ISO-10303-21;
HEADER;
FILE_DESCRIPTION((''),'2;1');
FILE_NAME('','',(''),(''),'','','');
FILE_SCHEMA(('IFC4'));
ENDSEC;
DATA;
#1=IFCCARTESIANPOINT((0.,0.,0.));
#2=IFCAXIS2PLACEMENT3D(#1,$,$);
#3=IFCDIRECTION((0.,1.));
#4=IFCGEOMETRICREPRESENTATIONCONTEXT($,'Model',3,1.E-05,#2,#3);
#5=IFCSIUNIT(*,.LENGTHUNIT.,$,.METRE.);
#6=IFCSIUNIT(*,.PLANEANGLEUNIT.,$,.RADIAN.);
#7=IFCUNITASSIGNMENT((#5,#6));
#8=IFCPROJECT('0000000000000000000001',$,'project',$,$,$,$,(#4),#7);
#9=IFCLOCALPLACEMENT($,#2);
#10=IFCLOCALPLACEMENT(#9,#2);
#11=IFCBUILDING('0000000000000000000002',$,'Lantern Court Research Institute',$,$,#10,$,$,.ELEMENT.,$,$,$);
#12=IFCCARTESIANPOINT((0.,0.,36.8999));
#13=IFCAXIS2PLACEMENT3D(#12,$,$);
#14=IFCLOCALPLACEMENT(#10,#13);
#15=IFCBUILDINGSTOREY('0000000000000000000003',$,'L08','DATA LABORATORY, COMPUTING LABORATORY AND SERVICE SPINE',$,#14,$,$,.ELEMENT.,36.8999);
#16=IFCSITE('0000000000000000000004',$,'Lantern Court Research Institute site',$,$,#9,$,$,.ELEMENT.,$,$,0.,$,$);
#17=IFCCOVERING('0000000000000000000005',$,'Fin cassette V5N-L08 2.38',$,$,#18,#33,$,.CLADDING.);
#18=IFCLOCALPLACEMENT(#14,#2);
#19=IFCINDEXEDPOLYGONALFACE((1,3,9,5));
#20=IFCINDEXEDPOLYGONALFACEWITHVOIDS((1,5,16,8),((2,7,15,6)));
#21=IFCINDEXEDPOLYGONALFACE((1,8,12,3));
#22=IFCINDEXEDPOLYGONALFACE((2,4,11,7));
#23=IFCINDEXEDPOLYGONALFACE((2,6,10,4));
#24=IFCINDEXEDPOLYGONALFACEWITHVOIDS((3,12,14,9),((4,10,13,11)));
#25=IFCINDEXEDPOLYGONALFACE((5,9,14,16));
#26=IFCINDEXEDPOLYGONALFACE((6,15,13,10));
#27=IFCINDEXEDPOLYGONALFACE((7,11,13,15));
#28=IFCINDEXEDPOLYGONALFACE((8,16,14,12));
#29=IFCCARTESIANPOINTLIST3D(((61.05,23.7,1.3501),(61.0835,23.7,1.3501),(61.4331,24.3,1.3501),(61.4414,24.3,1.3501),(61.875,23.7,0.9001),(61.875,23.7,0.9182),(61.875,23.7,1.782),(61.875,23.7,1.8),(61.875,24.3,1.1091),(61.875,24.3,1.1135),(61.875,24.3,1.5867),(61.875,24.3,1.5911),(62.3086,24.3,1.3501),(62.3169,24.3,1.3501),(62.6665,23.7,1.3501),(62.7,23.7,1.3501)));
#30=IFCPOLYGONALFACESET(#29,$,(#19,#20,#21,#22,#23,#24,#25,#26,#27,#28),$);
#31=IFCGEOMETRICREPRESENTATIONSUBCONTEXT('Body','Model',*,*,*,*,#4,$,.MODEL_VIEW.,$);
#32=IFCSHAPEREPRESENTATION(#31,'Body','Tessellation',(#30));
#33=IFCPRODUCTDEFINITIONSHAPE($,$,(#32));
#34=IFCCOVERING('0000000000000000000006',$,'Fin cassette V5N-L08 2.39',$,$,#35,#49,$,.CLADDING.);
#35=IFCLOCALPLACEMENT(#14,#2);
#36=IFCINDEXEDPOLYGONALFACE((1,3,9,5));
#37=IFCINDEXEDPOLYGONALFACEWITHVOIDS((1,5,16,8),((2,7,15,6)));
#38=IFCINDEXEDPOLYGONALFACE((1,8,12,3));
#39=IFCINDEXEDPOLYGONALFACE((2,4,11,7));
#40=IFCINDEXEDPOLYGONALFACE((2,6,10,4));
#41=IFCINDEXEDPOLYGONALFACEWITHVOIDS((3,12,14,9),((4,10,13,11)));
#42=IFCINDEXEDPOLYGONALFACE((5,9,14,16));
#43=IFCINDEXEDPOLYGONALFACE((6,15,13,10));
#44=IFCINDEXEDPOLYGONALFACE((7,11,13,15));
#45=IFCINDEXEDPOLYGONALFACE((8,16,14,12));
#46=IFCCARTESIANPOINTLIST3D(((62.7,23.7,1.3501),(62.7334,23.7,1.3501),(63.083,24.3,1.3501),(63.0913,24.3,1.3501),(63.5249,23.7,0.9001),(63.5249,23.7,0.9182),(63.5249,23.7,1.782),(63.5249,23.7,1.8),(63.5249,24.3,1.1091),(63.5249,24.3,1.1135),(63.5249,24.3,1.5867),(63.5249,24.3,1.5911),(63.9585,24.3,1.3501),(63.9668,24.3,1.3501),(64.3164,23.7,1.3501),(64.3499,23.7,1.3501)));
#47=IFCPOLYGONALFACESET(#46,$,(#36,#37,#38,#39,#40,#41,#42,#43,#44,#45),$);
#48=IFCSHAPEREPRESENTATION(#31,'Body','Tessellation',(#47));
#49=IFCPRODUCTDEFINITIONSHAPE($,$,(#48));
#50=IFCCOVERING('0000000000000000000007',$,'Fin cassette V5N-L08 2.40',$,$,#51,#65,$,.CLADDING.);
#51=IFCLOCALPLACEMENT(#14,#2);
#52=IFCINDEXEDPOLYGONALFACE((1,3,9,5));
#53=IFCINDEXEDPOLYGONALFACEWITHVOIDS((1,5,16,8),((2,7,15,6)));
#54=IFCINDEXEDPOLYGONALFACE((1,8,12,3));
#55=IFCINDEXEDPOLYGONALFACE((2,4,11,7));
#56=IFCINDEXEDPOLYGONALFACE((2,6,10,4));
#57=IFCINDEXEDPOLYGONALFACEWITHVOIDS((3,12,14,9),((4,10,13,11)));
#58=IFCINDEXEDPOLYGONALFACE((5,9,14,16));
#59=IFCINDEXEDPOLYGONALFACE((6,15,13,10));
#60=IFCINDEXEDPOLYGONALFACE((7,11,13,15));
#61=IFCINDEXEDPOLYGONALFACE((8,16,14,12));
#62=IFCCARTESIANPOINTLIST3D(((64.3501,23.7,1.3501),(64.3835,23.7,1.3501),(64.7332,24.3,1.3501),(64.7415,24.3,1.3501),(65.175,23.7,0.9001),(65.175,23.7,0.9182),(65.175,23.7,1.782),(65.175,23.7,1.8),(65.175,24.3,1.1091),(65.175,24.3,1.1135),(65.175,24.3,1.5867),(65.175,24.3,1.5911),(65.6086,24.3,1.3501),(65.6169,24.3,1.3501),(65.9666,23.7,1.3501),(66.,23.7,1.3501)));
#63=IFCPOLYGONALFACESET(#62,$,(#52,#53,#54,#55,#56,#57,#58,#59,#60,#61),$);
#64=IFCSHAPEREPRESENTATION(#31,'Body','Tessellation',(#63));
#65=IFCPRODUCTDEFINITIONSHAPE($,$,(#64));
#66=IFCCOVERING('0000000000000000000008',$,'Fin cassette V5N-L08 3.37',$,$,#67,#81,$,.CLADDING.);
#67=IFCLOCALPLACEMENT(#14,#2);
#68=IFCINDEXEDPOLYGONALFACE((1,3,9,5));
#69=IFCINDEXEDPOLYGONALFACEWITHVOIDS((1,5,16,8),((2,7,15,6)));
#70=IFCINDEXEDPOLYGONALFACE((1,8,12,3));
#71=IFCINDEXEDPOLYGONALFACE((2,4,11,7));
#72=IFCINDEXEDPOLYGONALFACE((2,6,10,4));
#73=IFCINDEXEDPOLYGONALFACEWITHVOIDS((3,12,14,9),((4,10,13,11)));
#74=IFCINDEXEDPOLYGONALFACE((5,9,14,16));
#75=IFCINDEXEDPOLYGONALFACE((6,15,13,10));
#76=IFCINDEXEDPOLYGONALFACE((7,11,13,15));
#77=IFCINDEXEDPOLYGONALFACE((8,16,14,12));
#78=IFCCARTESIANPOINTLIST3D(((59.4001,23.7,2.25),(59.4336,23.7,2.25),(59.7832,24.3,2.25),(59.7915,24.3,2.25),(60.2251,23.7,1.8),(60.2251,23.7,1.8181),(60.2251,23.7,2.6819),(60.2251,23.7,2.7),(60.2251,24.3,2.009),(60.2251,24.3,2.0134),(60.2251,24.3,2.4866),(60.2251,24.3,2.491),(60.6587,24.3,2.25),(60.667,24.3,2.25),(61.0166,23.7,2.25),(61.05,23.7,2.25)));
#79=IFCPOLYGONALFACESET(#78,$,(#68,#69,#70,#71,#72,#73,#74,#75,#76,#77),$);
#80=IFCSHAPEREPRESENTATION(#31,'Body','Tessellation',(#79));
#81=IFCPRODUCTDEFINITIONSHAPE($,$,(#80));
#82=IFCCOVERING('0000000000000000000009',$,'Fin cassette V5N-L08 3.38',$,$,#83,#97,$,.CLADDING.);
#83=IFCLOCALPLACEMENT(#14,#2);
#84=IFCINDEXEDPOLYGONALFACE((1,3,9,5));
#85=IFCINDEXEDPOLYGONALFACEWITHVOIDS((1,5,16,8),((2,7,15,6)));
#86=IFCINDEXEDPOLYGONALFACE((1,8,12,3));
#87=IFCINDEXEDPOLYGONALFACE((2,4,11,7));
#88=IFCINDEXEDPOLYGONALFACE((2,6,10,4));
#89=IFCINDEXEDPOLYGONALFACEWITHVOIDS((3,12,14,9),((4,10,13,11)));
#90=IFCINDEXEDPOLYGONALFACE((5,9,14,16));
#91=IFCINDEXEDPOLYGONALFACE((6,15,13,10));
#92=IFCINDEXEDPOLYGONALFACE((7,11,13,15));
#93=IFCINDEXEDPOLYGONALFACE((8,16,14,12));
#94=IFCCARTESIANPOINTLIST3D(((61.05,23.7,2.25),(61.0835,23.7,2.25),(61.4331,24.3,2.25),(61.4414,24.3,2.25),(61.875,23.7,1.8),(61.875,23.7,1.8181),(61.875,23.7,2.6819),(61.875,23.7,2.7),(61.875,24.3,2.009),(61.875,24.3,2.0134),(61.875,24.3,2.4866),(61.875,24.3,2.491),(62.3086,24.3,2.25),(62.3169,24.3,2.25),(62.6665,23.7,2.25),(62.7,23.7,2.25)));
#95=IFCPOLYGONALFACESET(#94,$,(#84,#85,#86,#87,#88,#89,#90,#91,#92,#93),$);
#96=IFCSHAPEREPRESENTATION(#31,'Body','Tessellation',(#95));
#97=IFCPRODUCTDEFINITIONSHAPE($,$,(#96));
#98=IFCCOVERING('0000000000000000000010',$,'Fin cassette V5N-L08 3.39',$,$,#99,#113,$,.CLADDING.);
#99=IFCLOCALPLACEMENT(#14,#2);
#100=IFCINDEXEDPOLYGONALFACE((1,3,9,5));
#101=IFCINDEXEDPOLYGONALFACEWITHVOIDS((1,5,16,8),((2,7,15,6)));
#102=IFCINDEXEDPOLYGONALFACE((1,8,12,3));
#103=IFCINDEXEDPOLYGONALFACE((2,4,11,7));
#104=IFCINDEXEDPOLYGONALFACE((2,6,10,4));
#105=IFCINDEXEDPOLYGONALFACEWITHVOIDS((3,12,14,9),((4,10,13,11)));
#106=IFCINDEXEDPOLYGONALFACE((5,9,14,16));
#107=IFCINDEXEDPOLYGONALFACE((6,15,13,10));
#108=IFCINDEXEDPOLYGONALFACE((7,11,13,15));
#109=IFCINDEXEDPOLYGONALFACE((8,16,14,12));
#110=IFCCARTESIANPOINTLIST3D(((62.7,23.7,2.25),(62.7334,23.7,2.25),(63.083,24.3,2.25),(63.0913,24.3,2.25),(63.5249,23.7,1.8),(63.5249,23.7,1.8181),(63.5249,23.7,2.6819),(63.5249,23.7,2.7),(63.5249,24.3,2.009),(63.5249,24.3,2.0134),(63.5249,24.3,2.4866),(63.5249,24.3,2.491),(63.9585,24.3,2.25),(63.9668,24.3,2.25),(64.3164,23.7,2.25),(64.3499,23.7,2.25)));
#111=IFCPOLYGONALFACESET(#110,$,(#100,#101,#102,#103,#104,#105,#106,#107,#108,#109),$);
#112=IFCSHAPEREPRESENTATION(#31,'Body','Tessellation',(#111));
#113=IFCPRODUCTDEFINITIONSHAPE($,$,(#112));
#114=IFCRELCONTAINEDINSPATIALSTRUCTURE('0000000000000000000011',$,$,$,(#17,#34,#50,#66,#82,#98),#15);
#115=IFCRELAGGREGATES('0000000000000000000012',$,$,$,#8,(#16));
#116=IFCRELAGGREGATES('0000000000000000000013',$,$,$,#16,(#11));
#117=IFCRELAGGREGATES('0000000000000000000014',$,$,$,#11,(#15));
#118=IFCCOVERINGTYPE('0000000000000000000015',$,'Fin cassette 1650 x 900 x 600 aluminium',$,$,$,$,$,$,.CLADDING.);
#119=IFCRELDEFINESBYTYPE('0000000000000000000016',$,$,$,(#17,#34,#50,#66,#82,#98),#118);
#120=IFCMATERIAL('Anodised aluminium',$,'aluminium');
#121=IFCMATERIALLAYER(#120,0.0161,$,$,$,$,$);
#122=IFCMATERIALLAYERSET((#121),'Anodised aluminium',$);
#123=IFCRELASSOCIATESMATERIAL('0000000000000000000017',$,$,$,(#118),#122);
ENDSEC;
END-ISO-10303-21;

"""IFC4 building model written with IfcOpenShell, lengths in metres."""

from ifc_helpers import new_model, entity, si_unit, direction, frame, origin, place, context, subcontext, project, spatial, material, layer, layer_set, type_object, element, save


model = new_model("IFC4")

# Units and contexts
model_context = context("Model", 3, precision=1e-05, world=origin(), true_north=direction((0.0, 1.0)))
body_context = subcontext(model_context, "Body", "Model", "MODEL_VIEW")
ifc_project = project(units=[si_unit("LENGTHUNIT", "METRE"), si_unit("PLANEANGLEUNIT", "RADIAN")], contexts=[model_context])

# Site, building, storey
site_placement = place(None, origin())
site = spatial("IfcSite", under=ifc_project, at=site_placement, Name="Lantern Court Research Institute site", CompositionType="ELEMENT", RefElevation=0.0)
building_placement = place(site_placement, origin())
building = spatial("IfcBuilding", under=site, at=building_placement, Name="Lantern Court Research Institute", CompositionType="ELEMENT")
storey_placement = place(building_placement, frame((0.0, 0.0, 36.8999)))
storey = spatial("IfcBuildingStorey", under=building, at=storey_placement, Name="L08", Description="DATA LABORATORY, COMPUTING LABORATORY AND SERVICE SPINE", CompositionType="ELEMENT", Elevation=36.8999)

# Coverings
ifc_material_1 = material(Name="Anodised aluminium", Category="aluminium")
ifc_layer_1 = layer(ifc_material_1, 0.0161)
ifc_layer_set_1 = layer_set([ifc_layer_1], Name="Anodised aluminium")
covering_type = type_object("IfcCoveringType", Name="Fin cassette 1650 x 900 x 600 aluminium", PredefinedType="CLADDING", material=ifc_layer_set_1)
covering_1_placement = place(storey_placement, frame((61.875, 23.7, 1.3501), z_axis=(0.0, 1.0, 0.0), x_axis=(-1.0, 0.0, 0.0)))
cartesian_point_1 = entity("IfcCartesianPoint", [0.825, 0.0])
cartesian_point_2 = entity("IfcCartesianPoint", [0.7915, 0.0])
cartesian_point_3 = entity("IfcCartesianPoint", [0.4419, 0.0])
cartesian_point_4 = entity("IfcCartesianPoint", [0.4336, 0.0])
element("IfcCovering", 1, at=covering_1_placement, inside=storey, type_object=covering_type, Name="Fin cassette V5N-L08 2.38", PredefinedType="CLADDING", context=body_context, shape_type="SweptSolid", body=[
    entity("IfcExtrudedAreaSolidTapered", entity("IfcArbitraryProfileDefWithVoids", "AREA", None, entity("IfcPolyline", [cartesian_point_1, entity("IfcCartesianPoint", [0.0, 0.45]), entity("IfcCartesianPoint", [-0.825, 0.0]), entity("IfcCartesianPoint", [0.0, -0.45]), cartesian_point_1]), [entity("IfcPolyline", [cartesian_point_2, entity("IfcCartesianPoint", [0.0, 0.4319]), entity("IfcCartesianPoint", [-0.7915, 0.0]), entity("IfcCartesianPoint", [0.0, -0.4319]), cartesian_point_2])]), entity("IfcAxis2Placement3D", entity("IfcCartesianPoint", [0.0, 0.0, 0.0])), entity("IfcDirection", [0.0, 0.0, 1.0]), 0.6001, entity("IfcArbitraryProfileDefWithVoids", "AREA", None, entity("IfcPolyline", [cartesian_point_3, entity("IfcCartesianPoint", [0.0, 0.241]), entity("IfcCartesianPoint", [-0.4419, 0.0]), entity("IfcCartesianPoint", [0.0, -0.241]), cartesian_point_3]), [entity("IfcPolyline", [cartesian_point_4, entity("IfcCartesianPoint", [0.0, 0.2366]), entity("IfcCartesianPoint", [-0.4336, 0.0]), entity("IfcCartesianPoint", [0.0, -0.2366]), cartesian_point_4])])),
])
covering_2_placement = place(storey_placement, frame((63.5249, 23.7, 1.3501), z_axis=(0.0, 1.0, 0.0), x_axis=(-1.0, 0.0, 0.0)))
cartesian_point_5 = entity("IfcCartesianPoint", [0.825, 0.0])
cartesian_point_6 = entity("IfcCartesianPoint", [0.7915, 0.0])
cartesian_point_7 = entity("IfcCartesianPoint", [0.4419, 0.0])
cartesian_point_8 = entity("IfcCartesianPoint", [0.4336, 0.0])
element("IfcCovering", 2, at=covering_2_placement, inside=storey, type_object=covering_type, Name="Fin cassette V5N-L08 2.39", PredefinedType="CLADDING", context=body_context, shape_type="SweptSolid", body=[
    entity("IfcExtrudedAreaSolidTapered", entity("IfcArbitraryProfileDefWithVoids", "AREA", None, entity("IfcPolyline", [cartesian_point_5, entity("IfcCartesianPoint", [0.0, 0.45]), entity("IfcCartesianPoint", [-0.825, 0.0]), entity("IfcCartesianPoint", [0.0, -0.45]), cartesian_point_5]), [entity("IfcPolyline", [cartesian_point_6, entity("IfcCartesianPoint", [0.0, 0.4319]), entity("IfcCartesianPoint", [-0.7915, 0.0]), entity("IfcCartesianPoint", [0.0, -0.4319]), cartesian_point_6])]), entity("IfcAxis2Placement3D", entity("IfcCartesianPoint", [0.0, 0.0, 0.0])), entity("IfcDirection", [0.0, 0.0, 1.0]), 0.6001, entity("IfcArbitraryProfileDefWithVoids", "AREA", None, entity("IfcPolyline", [cartesian_point_7, entity("IfcCartesianPoint", [0.0, 0.241]), entity("IfcCartesianPoint", [-0.4419, 0.0]), entity("IfcCartesianPoint", [0.0, -0.241]), cartesian_point_7]), [entity("IfcPolyline", [cartesian_point_8, entity("IfcCartesianPoint", [0.0, 0.2366]), entity("IfcCartesianPoint", [-0.4336, 0.0]), entity("IfcCartesianPoint", [0.0, -0.2366]), cartesian_point_8])])),
])
covering_3_placement = place(storey_placement, frame((65.175, 23.7, 1.3501), z_axis=(0.0, 1.0, 0.0), x_axis=(-1.0, 0.0, 0.0)))
cartesian_point_9 = entity("IfcCartesianPoint", [0.825, 0.0])
cartesian_point_10 = entity("IfcCartesianPoint", [0.7915, 0.0])
cartesian_point_11 = entity("IfcCartesianPoint", [0.4419, 0.0])
cartesian_point_12 = entity("IfcCartesianPoint", [0.4336, 0.0])
element("IfcCovering", 3, at=covering_3_placement, inside=storey, type_object=covering_type, Name="Fin cassette V5N-L08 2.40", PredefinedType="CLADDING", context=body_context, shape_type="SweptSolid", body=[
    entity("IfcExtrudedAreaSolidTapered", entity("IfcArbitraryProfileDefWithVoids", "AREA", None, entity("IfcPolyline", [cartesian_point_9, entity("IfcCartesianPoint", [0.0, 0.45]), entity("IfcCartesianPoint", [-0.825, 0.0]), entity("IfcCartesianPoint", [0.0, -0.45]), cartesian_point_9]), [entity("IfcPolyline", [cartesian_point_10, entity("IfcCartesianPoint", [0.0, 0.4319]), entity("IfcCartesianPoint", [-0.7915, 0.0]), entity("IfcCartesianPoint", [0.0, -0.4319]), cartesian_point_10])]), entity("IfcAxis2Placement3D", entity("IfcCartesianPoint", [0.0, 0.0, 0.0])), entity("IfcDirection", [0.0, 0.0, 1.0]), 0.6001, entity("IfcArbitraryProfileDefWithVoids", "AREA", None, entity("IfcPolyline", [cartesian_point_11, entity("IfcCartesianPoint", [0.0, 0.241]), entity("IfcCartesianPoint", [-0.4419, 0.0]), entity("IfcCartesianPoint", [0.0, -0.241]), cartesian_point_11]), [entity("IfcPolyline", [cartesian_point_12, entity("IfcCartesianPoint", [0.0, 0.2366]), entity("IfcCartesianPoint", [-0.4336, 0.0]), entity("IfcCartesianPoint", [0.0, -0.2366]), cartesian_point_12])])),
])
covering_4_placement = place(storey_placement, frame((60.2251, 23.7, 2.25), z_axis=(0.0, 1.0, 0.0), x_axis=(-1.0, 0.0, 0.0)))
cartesian_point_13 = entity("IfcCartesianPoint", [0.825, 0.0])
cartesian_point_14 = entity("IfcCartesianPoint", [0.7915, 0.0])
cartesian_point_15 = entity("IfcCartesianPoint", [0.4419, 0.0])
cartesian_point_16 = entity("IfcCartesianPoint", [0.4336, 0.0])
element("IfcCovering", 4, at=covering_4_placement, inside=storey, type_object=covering_type, Name="Fin cassette V5N-L08 3.37", PredefinedType="CLADDING", context=body_context, shape_type="SweptSolid", body=[
    entity("IfcExtrudedAreaSolidTapered", entity("IfcArbitraryProfileDefWithVoids", "AREA", None, entity("IfcPolyline", [cartesian_point_13, entity("IfcCartesianPoint", [0.0, 0.45]), entity("IfcCartesianPoint", [-0.825, 0.0]), entity("IfcCartesianPoint", [0.0, -0.45]), cartesian_point_13]), [entity("IfcPolyline", [cartesian_point_14, entity("IfcCartesianPoint", [0.0, 0.4319]), entity("IfcCartesianPoint", [-0.7915, 0.0]), entity("IfcCartesianPoint", [0.0, -0.4319]), cartesian_point_14])]), entity("IfcAxis2Placement3D", entity("IfcCartesianPoint", [0.0, 0.0, 0.0])), entity("IfcDirection", [0.0, 0.0, 1.0]), 0.6001, entity("IfcArbitraryProfileDefWithVoids", "AREA", None, entity("IfcPolyline", [cartesian_point_15, entity("IfcCartesianPoint", [0.0, 0.241]), entity("IfcCartesianPoint", [-0.4419, 0.0]), entity("IfcCartesianPoint", [0.0, -0.241]), cartesian_point_15]), [entity("IfcPolyline", [cartesian_point_16, entity("IfcCartesianPoint", [0.0, 0.2366]), entity("IfcCartesianPoint", [-0.4336, 0.0]), entity("IfcCartesianPoint", [0.0, -0.2366]), cartesian_point_16])])),
])
covering_5_placement = place(storey_placement, frame((61.875, 23.7, 2.25), z_axis=(0.0, 1.0, 0.0), x_axis=(-1.0, 0.0, 0.0)))
cartesian_point_17 = entity("IfcCartesianPoint", [0.825, 0.0])
cartesian_point_18 = entity("IfcCartesianPoint", [0.7915, 0.0])
cartesian_point_19 = entity("IfcCartesianPoint", [0.4419, 0.0])
cartesian_point_20 = entity("IfcCartesianPoint", [0.4336, 0.0])
element("IfcCovering", 5, at=covering_5_placement, inside=storey, type_object=covering_type, Name="Fin cassette V5N-L08 3.38", PredefinedType="CLADDING", context=body_context, shape_type="SweptSolid", body=[
    entity("IfcExtrudedAreaSolidTapered", entity("IfcArbitraryProfileDefWithVoids", "AREA", None, entity("IfcPolyline", [cartesian_point_17, entity("IfcCartesianPoint", [0.0, 0.45]), entity("IfcCartesianPoint", [-0.825, 0.0]), entity("IfcCartesianPoint", [0.0, -0.45]), cartesian_point_17]), [entity("IfcPolyline", [cartesian_point_18, entity("IfcCartesianPoint", [0.0, 0.4319]), entity("IfcCartesianPoint", [-0.7915, 0.0]), entity("IfcCartesianPoint", [0.0, -0.4319]), cartesian_point_18])]), entity("IfcAxis2Placement3D", entity("IfcCartesianPoint", [0.0, 0.0, 0.0])), entity("IfcDirection", [0.0, 0.0, 1.0]), 0.6001, entity("IfcArbitraryProfileDefWithVoids", "AREA", None, entity("IfcPolyline", [cartesian_point_19, entity("IfcCartesianPoint", [0.0, 0.241]), entity("IfcCartesianPoint", [-0.4419, 0.0]), entity("IfcCartesianPoint", [0.0, -0.241]), cartesian_point_19]), [entity("IfcPolyline", [cartesian_point_20, entity("IfcCartesianPoint", [0.0, 0.2366]), entity("IfcCartesianPoint", [-0.4336, 0.0]), entity("IfcCartesianPoint", [0.0, -0.2366]), cartesian_point_20])])),
])
covering_6_placement = place(storey_placement, frame((63.5249, 23.7, 2.25), z_axis=(0.0, 1.0, 0.0), x_axis=(-1.0, 0.0, 0.0)))
cartesian_point_21 = entity("IfcCartesianPoint", [0.825, 0.0])
cartesian_point_22 = entity("IfcCartesianPoint", [0.7915, 0.0])
cartesian_point_23 = entity("IfcCartesianPoint", [0.4419, 0.0])
cartesian_point_24 = entity("IfcCartesianPoint", [0.4336, 0.0])
element("IfcCovering", 6, at=covering_6_placement, inside=storey, type_object=covering_type, Name="Fin cassette V5N-L08 3.39", PredefinedType="CLADDING", context=body_context, shape_type="SweptSolid", body=[
    entity("IfcExtrudedAreaSolidTapered", entity("IfcArbitraryProfileDefWithVoids", "AREA", None, entity("IfcPolyline", [cartesian_point_21, entity("IfcCartesianPoint", [0.0, 0.45]), entity("IfcCartesianPoint", [-0.825, 0.0]), entity("IfcCartesianPoint", [0.0, -0.45]), cartesian_point_21]), [entity("IfcPolyline", [cartesian_point_22, entity("IfcCartesianPoint", [0.0, 0.4319]), entity("IfcCartesianPoint", [-0.7915, 0.0]), entity("IfcCartesianPoint", [0.0, -0.4319]), cartesian_point_22])]), entity("IfcAxis2Placement3D", entity("IfcCartesianPoint", [0.0, 0.0, 0.0])), entity("IfcDirection", [0.0, 0.0, 1.0]), 0.6001, entity("IfcArbitraryProfileDefWithVoids", "AREA", None, entity("IfcPolyline", [cartesian_point_23, entity("IfcCartesianPoint", [0.0, 0.241]), entity("IfcCartesianPoint", [-0.4419, 0.0]), entity("IfcCartesianPoint", [0.0, -0.241]), cartesian_point_23]), [entity("IfcPolyline", [cartesian_point_24, entity("IfcCartesianPoint", [0.0, 0.2366]), entity("IfcCartesianPoint", [-0.4336, 0.0]), entity("IfcCartesianPoint", [0.0, -0.2366]), cartesian_point_24])])),
])

save(model, "model.ifc")
